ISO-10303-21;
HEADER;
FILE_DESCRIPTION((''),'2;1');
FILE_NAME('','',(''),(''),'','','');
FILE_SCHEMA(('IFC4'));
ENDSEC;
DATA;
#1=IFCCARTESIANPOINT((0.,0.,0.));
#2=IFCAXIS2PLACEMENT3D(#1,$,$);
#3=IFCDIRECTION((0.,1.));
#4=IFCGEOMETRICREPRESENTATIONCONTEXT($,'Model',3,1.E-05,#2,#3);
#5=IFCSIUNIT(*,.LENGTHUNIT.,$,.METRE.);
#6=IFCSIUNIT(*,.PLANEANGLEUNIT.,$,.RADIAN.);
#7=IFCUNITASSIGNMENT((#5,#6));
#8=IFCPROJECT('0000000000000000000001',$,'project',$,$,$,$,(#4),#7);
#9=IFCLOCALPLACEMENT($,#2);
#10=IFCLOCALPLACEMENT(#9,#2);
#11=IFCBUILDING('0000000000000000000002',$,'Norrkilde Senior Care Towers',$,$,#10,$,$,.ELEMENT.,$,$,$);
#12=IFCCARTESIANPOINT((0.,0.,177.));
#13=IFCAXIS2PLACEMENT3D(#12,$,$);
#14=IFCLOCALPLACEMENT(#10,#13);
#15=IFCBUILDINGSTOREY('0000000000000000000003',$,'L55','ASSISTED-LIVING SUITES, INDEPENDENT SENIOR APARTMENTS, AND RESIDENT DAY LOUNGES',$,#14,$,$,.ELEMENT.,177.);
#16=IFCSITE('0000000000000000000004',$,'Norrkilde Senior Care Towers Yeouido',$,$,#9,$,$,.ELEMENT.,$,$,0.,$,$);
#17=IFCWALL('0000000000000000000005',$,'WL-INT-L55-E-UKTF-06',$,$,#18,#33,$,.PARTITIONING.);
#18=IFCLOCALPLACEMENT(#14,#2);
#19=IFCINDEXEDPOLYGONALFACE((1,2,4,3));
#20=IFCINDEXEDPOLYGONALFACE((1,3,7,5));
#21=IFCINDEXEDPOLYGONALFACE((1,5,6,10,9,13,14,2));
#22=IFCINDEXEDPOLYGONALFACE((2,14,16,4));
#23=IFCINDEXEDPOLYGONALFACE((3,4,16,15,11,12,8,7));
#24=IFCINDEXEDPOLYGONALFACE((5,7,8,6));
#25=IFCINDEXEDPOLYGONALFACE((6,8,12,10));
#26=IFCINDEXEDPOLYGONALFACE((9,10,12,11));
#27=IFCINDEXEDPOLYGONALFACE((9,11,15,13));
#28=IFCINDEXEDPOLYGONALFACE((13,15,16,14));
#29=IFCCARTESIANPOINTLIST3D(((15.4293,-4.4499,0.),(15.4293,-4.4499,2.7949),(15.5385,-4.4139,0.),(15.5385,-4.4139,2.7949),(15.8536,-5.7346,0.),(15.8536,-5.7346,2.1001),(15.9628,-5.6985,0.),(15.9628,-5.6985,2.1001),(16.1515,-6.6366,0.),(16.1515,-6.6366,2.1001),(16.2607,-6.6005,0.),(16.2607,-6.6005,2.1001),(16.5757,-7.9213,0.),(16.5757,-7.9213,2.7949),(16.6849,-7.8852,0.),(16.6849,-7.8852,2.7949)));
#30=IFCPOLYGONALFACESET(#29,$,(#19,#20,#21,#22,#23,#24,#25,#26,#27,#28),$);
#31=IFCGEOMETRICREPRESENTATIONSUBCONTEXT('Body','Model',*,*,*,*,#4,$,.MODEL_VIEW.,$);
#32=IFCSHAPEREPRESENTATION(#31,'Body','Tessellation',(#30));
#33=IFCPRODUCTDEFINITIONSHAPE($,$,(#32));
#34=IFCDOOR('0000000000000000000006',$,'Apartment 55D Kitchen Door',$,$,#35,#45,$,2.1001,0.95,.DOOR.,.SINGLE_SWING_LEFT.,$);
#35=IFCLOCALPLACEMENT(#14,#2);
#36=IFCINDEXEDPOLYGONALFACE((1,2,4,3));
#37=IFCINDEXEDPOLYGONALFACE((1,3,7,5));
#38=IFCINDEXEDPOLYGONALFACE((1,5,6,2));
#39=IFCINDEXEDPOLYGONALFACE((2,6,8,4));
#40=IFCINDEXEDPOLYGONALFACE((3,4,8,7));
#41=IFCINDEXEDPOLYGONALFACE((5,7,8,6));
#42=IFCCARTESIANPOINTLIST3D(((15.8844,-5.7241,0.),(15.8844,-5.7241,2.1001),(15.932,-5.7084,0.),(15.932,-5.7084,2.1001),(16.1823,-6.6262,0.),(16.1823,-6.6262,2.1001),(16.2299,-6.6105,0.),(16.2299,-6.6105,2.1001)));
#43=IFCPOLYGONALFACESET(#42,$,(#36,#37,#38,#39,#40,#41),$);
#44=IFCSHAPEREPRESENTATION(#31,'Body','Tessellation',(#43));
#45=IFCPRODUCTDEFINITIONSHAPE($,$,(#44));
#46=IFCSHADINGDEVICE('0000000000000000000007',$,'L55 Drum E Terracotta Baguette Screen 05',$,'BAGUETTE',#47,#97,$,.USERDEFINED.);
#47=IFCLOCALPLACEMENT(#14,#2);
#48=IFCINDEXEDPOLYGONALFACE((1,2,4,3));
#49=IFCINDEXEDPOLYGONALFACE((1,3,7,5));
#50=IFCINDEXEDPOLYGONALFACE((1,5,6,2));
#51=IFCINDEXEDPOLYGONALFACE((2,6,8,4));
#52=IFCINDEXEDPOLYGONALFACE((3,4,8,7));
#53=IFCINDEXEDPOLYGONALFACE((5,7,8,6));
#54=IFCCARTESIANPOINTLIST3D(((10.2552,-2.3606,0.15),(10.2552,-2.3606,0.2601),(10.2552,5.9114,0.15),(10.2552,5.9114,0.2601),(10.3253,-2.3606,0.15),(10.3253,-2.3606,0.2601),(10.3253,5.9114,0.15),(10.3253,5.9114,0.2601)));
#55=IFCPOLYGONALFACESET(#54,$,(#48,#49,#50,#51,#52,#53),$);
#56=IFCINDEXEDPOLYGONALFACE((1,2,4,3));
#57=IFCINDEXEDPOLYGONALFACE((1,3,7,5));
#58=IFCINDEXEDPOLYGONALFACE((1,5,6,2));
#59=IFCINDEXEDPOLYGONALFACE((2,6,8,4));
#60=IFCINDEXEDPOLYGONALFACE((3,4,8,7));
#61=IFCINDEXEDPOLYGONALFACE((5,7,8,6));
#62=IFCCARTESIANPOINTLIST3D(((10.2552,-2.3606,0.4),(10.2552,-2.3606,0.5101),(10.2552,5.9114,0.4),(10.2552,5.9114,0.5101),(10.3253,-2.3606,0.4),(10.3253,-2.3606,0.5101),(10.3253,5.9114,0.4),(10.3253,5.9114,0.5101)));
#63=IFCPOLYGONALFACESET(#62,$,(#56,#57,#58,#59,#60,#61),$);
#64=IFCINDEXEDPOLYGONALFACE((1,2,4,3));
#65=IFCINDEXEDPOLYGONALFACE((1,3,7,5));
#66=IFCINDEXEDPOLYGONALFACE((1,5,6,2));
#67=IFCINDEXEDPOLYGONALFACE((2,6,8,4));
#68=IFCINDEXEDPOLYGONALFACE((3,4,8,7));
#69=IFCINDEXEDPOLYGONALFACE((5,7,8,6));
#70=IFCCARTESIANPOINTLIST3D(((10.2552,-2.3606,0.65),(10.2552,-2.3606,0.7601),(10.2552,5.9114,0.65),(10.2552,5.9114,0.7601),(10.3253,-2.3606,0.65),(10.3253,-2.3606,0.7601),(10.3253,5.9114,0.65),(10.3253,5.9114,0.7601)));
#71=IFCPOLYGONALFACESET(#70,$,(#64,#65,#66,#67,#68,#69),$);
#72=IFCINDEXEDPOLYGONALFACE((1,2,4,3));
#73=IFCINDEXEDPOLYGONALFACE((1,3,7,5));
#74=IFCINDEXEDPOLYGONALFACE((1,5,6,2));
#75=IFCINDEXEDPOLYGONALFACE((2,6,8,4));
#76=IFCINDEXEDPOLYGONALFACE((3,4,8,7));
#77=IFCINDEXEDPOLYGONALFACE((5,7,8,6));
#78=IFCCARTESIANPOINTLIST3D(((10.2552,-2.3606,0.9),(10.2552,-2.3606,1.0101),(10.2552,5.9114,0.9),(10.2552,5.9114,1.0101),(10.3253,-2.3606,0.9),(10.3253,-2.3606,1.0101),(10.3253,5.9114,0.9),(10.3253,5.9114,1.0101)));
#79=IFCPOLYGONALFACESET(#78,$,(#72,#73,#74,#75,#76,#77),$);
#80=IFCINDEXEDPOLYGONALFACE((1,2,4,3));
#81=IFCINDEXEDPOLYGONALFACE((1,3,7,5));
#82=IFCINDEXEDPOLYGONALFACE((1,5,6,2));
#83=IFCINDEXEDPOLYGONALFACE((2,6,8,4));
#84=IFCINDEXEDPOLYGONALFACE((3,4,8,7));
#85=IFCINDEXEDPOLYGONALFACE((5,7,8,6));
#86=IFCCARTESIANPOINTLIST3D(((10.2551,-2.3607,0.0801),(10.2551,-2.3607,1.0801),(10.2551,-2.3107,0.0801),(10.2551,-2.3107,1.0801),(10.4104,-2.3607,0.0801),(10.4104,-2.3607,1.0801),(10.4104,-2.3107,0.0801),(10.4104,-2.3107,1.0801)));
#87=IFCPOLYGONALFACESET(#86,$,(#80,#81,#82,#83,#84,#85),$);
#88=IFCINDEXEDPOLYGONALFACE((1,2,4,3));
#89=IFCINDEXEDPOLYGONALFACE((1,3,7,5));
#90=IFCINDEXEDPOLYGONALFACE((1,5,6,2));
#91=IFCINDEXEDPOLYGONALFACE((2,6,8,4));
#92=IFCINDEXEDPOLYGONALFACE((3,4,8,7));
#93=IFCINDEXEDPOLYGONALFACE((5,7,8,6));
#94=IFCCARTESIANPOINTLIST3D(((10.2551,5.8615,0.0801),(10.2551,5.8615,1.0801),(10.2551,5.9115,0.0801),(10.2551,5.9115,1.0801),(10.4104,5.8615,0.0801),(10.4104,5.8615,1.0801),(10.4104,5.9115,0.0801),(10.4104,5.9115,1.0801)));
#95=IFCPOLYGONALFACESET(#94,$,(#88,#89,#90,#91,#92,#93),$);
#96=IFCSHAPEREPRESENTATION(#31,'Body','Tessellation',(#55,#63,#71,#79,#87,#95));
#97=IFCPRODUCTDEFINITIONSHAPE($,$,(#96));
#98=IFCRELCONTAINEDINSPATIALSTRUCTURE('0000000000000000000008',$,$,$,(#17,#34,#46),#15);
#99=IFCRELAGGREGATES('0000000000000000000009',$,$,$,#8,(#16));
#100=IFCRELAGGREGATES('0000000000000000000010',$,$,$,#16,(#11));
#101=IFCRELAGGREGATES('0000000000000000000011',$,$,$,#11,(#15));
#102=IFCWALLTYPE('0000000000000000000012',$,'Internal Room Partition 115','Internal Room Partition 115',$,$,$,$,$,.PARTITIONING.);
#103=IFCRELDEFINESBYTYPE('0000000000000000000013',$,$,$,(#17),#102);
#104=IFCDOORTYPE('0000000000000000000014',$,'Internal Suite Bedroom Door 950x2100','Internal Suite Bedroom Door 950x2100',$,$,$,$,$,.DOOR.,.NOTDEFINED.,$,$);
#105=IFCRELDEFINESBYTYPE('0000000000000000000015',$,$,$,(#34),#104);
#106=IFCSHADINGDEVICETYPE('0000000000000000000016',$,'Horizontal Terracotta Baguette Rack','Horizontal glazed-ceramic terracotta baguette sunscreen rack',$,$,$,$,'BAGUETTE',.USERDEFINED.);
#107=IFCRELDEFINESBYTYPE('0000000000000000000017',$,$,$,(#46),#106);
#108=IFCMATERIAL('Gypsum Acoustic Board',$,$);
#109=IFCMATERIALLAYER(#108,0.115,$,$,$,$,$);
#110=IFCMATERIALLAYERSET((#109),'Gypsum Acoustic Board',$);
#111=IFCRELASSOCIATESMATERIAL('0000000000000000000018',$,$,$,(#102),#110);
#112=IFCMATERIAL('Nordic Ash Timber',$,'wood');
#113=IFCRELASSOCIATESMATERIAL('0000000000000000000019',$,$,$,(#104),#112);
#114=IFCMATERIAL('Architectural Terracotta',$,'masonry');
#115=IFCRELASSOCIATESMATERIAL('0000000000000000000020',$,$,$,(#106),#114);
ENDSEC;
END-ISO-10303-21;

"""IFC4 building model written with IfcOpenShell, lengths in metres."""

from ifc_helpers import new_model, si_unit, direction, frame, frame_2d, origin, origin_2d, place, context, subcontext, project, spatial, rectangle, extrude, source, transform, mapped, material, layer, layer_set, type_object, type_shapes, element, fill, save


model = new_model("IFC4")

# Units and contexts
model_context = context("Model", 3, precision=1e-05, world=origin(), true_north=direction((0.0, 1.0)))
body_context = subcontext(model_context, "Body", "Model", "MODEL_VIEW")
ifc_project = project(units=[si_unit("LENGTHUNIT", "METRE"), si_unit("PLANEANGLEUNIT", "RADIAN")], contexts=[model_context])

# Site, building, storey
site_placement = place(None, origin())
site = spatial("IfcSite", under=ifc_project, at=site_placement, Name="Norrkilde Senior Care Towers Yeouido", CompositionType="ELEMENT", RefElevation=0.0)
building_placement = place(site_placement, origin())
building = spatial("IfcBuilding", under=site, at=building_placement, Name="Norrkilde Senior Care Towers", CompositionType="ELEMENT")
storey_placement = place(building_placement, frame((0.0, 0.0, 177.0)))
storey = spatial("IfcBuildingStorey", under=building, at=storey_placement, Name="L55", Description="ASSISTED-LIVING SUITES, INDEPENDENT SENIOR APARTMENTS, AND RESIDENT DAY LOUNGES", CompositionType="ELEMENT", Elevation=177.0)

# Shared definitions
ifc_material_1 = material(Name="Gypsum Acoustic Board")

# Shared definitions
ifc_layer_1 = layer(ifc_material_1, 0.115)
ifc_layer_set_1 = layer_set([ifc_layer_1], Name="Gypsum Acoustic Board")
wall_type_1 = type_object("IfcWallType", Name="Internal Room Partition 115", Description="Internal Room Partition 115", PredefinedType="PARTITIONING", material=ifc_layer_set_1)
ifc_material_2 = material(Name="Nordic Ash Timber", Category="wood")
door_type_1 = type_object("IfcDoorType", Name="Internal Suite Bedroom Door 950x2100", Description="Internal Suite Bedroom Door 950x2100", OperationType="NOTDEFINED", PredefinedType="DOOR", material=ifc_material_2)
shared_shape_1 = source(origin(), body_context, "Body", "SweptSolid", [
    extrude(rectangle(XDim=0.95, YDim=2.1001, at=frame_2d((0.4751, 1.05))), frame((0.0, 0.0249, 0.0), z_axis=(0.0, -1.0, 0.0), x_axis=(1.0, 0.0, 0.0)), (0.0, 0.0, 1.0), 0.05),
])
type_shapes(door_type_1, [shared_shape_1])

# Wall, opening, door
shared_shape_2 = source(origin(), body_context, "Body", "SweptSolid", [
    extrude(rectangle(XDim=3.6558, YDim=0.115, at=frame_2d((1.8279, 0.0))), origin(), (0.0, 0.0, 1.0), 2.7949),
])
wall_1_placement = place(storey_placement, frame((15.4839, -4.4319, 0.0), z_axis=(0.0, 0.0, 1.0), x_axis=(0.313602, -0.949554, 0.0)))
wall_1 = element("IfcWall", 1, at=wall_1_placement, inside=storey, type_object=wall_type_1, Name="WL-INT-L55-E-UKTF-06", PredefinedType="PARTITIONING", context=body_context, shape_type="MappedRepresentation", body=[
    mapped(shared_shape_2, transform((0.0, 0.0, 0.0), x_axis=(1.0, 0.0, 0.0), y_axis=(0.0, 1.0, 0.0), z_axis=(0.0, 0.0, 1.0), scale=1.0)),
])
opening_1_placement = place(wall_1_placement, frame((1.3528, 0.0, 0.0)))
opening_1 = element("IfcOpeningElement", 2, at=opening_1_placement, cuts=wall_1, PredefinedType="OPENING", context=body_context, shape_type="SweptSolid", body=[
    extrude(rectangle(XDim=0.95, YDim=2.1001, at=frame_2d((0.4751, 1.05))), frame((0.0, 0.0674, 0.0), z_axis=(0.0, -1.0, 0.0), x_axis=(1.0, 0.0, 0.0)), (0.0, 0.0, 1.0), 0.135),
])
door_1_placement = place(opening_1_placement, frame((0.95, 0.0, 0.0), z_axis=(0.0, 0.0, 1.0), x_axis=(-1.0, 0.0, 0.0)))
door_1 = element("IfcDoor", 3, at=door_1_placement, inside=storey, type_object=door_type_1, Name="Apartment 55D Kitchen Door", OperationType="SINGLE_SWING_LEFT", OverallHeight=2.1001, OverallWidth=0.95, PredefinedType="DOOR", context=body_context, shape_type="MappedRepresentation", body=[
    mapped(shared_shape_1, transform((0.0, 0.0, 0.0), x_axis=(1.0, 0.0, 0.0), y_axis=(0.0, 1.0, 0.0), z_axis=(0.0, 0.0, 1.0), scale=1.0)),
])
fill(opening_1, door_1)

# Shading device
ifc_material_3 = material(Name="Architectural Terracotta", Category="masonry")
shading_device_type = type_object("IfcShadingDeviceType", Name="Horizontal Terracotta Baguette Rack", Description="Horizontal glazed-ceramic terracotta baguette sunscreen rack", ElementType="BAGUETTE", PredefinedType="USERDEFINED", material=ifc_material_3)
shared_shape_3 = source(origin(), body_context, "Body", "SweptSolid", [
    extrude(rectangle(XDim=0.0701, YDim=0.1101, at=origin_2d()), frame((0.0, 0.0901, 0.125), z_axis=(1.0, 0.0, 0.0), x_axis=(0.0, 1.0, 0.0)), (0.0, 0.0, 1.0), 8.272),
    extrude(rectangle(XDim=0.0701, YDim=0.1101, at=origin_2d()), frame((0.0, 0.0901, 0.375), z_axis=(1.0, 0.0, 0.0), x_axis=(0.0, 1.0, 0.0)), (0.0, 0.0, 1.0), 8.272),
    extrude(rectangle(XDim=0.0701, YDim=0.1101, at=origin_2d()), frame((0.0, 0.0901, 0.625), z_axis=(1.0, 0.0, 0.0), x_axis=(0.0, 1.0, 0.0)), (0.0, 0.0, 1.0), 8.272),
    extrude(rectangle(XDim=0.0701, YDim=0.1101, at=origin_2d()), frame((0.0, 0.0901, 0.875), z_axis=(1.0, 0.0, 0.0), x_axis=(0.0, 1.0, 0.0)), (0.0, 0.0, 1.0), 8.272),
    extrude(rectangle(XDim=0.05, YDim=0.1553, at=origin_2d()), frame((0.0249, 0.0476, 0.0)), (0.0, 0.0, 1.0), 1.0),
    extrude(rectangle(XDim=0.05, YDim=0.1553, at=origin_2d()), frame((8.2471, 0.0476, 0.0)), (0.0, 0.0, 1.0), 1.0),
])
type_shapes(shading_device_type, [shared_shape_3])
shading_device_placement = place(storey_placement, frame((10.3804, -2.3606, 0.0801), z_axis=(0.0, 0.0, 1.0), x_axis=(0.0, 1.0, 0.0)))
element("IfcShadingDevice", 4, at=shading_device_placement, inside=storey, type_object=shading_device_type, Name="L55 Drum E Terracotta Baguette Screen 05", ObjectType="BAGUETTE", PredefinedType="USERDEFINED", context=body_context, shape_type="MappedRepresentation", body=[
    mapped(shared_shape_3, transform((0.0, 0.0, 0.0), x_axis=(1.0, 0.0, 0.0), y_axis=(0.0, 1.0, 0.0), z_axis=(0.0, 0.0, 1.0), scale=1.0)),
])

save(model, "model.ifc")
